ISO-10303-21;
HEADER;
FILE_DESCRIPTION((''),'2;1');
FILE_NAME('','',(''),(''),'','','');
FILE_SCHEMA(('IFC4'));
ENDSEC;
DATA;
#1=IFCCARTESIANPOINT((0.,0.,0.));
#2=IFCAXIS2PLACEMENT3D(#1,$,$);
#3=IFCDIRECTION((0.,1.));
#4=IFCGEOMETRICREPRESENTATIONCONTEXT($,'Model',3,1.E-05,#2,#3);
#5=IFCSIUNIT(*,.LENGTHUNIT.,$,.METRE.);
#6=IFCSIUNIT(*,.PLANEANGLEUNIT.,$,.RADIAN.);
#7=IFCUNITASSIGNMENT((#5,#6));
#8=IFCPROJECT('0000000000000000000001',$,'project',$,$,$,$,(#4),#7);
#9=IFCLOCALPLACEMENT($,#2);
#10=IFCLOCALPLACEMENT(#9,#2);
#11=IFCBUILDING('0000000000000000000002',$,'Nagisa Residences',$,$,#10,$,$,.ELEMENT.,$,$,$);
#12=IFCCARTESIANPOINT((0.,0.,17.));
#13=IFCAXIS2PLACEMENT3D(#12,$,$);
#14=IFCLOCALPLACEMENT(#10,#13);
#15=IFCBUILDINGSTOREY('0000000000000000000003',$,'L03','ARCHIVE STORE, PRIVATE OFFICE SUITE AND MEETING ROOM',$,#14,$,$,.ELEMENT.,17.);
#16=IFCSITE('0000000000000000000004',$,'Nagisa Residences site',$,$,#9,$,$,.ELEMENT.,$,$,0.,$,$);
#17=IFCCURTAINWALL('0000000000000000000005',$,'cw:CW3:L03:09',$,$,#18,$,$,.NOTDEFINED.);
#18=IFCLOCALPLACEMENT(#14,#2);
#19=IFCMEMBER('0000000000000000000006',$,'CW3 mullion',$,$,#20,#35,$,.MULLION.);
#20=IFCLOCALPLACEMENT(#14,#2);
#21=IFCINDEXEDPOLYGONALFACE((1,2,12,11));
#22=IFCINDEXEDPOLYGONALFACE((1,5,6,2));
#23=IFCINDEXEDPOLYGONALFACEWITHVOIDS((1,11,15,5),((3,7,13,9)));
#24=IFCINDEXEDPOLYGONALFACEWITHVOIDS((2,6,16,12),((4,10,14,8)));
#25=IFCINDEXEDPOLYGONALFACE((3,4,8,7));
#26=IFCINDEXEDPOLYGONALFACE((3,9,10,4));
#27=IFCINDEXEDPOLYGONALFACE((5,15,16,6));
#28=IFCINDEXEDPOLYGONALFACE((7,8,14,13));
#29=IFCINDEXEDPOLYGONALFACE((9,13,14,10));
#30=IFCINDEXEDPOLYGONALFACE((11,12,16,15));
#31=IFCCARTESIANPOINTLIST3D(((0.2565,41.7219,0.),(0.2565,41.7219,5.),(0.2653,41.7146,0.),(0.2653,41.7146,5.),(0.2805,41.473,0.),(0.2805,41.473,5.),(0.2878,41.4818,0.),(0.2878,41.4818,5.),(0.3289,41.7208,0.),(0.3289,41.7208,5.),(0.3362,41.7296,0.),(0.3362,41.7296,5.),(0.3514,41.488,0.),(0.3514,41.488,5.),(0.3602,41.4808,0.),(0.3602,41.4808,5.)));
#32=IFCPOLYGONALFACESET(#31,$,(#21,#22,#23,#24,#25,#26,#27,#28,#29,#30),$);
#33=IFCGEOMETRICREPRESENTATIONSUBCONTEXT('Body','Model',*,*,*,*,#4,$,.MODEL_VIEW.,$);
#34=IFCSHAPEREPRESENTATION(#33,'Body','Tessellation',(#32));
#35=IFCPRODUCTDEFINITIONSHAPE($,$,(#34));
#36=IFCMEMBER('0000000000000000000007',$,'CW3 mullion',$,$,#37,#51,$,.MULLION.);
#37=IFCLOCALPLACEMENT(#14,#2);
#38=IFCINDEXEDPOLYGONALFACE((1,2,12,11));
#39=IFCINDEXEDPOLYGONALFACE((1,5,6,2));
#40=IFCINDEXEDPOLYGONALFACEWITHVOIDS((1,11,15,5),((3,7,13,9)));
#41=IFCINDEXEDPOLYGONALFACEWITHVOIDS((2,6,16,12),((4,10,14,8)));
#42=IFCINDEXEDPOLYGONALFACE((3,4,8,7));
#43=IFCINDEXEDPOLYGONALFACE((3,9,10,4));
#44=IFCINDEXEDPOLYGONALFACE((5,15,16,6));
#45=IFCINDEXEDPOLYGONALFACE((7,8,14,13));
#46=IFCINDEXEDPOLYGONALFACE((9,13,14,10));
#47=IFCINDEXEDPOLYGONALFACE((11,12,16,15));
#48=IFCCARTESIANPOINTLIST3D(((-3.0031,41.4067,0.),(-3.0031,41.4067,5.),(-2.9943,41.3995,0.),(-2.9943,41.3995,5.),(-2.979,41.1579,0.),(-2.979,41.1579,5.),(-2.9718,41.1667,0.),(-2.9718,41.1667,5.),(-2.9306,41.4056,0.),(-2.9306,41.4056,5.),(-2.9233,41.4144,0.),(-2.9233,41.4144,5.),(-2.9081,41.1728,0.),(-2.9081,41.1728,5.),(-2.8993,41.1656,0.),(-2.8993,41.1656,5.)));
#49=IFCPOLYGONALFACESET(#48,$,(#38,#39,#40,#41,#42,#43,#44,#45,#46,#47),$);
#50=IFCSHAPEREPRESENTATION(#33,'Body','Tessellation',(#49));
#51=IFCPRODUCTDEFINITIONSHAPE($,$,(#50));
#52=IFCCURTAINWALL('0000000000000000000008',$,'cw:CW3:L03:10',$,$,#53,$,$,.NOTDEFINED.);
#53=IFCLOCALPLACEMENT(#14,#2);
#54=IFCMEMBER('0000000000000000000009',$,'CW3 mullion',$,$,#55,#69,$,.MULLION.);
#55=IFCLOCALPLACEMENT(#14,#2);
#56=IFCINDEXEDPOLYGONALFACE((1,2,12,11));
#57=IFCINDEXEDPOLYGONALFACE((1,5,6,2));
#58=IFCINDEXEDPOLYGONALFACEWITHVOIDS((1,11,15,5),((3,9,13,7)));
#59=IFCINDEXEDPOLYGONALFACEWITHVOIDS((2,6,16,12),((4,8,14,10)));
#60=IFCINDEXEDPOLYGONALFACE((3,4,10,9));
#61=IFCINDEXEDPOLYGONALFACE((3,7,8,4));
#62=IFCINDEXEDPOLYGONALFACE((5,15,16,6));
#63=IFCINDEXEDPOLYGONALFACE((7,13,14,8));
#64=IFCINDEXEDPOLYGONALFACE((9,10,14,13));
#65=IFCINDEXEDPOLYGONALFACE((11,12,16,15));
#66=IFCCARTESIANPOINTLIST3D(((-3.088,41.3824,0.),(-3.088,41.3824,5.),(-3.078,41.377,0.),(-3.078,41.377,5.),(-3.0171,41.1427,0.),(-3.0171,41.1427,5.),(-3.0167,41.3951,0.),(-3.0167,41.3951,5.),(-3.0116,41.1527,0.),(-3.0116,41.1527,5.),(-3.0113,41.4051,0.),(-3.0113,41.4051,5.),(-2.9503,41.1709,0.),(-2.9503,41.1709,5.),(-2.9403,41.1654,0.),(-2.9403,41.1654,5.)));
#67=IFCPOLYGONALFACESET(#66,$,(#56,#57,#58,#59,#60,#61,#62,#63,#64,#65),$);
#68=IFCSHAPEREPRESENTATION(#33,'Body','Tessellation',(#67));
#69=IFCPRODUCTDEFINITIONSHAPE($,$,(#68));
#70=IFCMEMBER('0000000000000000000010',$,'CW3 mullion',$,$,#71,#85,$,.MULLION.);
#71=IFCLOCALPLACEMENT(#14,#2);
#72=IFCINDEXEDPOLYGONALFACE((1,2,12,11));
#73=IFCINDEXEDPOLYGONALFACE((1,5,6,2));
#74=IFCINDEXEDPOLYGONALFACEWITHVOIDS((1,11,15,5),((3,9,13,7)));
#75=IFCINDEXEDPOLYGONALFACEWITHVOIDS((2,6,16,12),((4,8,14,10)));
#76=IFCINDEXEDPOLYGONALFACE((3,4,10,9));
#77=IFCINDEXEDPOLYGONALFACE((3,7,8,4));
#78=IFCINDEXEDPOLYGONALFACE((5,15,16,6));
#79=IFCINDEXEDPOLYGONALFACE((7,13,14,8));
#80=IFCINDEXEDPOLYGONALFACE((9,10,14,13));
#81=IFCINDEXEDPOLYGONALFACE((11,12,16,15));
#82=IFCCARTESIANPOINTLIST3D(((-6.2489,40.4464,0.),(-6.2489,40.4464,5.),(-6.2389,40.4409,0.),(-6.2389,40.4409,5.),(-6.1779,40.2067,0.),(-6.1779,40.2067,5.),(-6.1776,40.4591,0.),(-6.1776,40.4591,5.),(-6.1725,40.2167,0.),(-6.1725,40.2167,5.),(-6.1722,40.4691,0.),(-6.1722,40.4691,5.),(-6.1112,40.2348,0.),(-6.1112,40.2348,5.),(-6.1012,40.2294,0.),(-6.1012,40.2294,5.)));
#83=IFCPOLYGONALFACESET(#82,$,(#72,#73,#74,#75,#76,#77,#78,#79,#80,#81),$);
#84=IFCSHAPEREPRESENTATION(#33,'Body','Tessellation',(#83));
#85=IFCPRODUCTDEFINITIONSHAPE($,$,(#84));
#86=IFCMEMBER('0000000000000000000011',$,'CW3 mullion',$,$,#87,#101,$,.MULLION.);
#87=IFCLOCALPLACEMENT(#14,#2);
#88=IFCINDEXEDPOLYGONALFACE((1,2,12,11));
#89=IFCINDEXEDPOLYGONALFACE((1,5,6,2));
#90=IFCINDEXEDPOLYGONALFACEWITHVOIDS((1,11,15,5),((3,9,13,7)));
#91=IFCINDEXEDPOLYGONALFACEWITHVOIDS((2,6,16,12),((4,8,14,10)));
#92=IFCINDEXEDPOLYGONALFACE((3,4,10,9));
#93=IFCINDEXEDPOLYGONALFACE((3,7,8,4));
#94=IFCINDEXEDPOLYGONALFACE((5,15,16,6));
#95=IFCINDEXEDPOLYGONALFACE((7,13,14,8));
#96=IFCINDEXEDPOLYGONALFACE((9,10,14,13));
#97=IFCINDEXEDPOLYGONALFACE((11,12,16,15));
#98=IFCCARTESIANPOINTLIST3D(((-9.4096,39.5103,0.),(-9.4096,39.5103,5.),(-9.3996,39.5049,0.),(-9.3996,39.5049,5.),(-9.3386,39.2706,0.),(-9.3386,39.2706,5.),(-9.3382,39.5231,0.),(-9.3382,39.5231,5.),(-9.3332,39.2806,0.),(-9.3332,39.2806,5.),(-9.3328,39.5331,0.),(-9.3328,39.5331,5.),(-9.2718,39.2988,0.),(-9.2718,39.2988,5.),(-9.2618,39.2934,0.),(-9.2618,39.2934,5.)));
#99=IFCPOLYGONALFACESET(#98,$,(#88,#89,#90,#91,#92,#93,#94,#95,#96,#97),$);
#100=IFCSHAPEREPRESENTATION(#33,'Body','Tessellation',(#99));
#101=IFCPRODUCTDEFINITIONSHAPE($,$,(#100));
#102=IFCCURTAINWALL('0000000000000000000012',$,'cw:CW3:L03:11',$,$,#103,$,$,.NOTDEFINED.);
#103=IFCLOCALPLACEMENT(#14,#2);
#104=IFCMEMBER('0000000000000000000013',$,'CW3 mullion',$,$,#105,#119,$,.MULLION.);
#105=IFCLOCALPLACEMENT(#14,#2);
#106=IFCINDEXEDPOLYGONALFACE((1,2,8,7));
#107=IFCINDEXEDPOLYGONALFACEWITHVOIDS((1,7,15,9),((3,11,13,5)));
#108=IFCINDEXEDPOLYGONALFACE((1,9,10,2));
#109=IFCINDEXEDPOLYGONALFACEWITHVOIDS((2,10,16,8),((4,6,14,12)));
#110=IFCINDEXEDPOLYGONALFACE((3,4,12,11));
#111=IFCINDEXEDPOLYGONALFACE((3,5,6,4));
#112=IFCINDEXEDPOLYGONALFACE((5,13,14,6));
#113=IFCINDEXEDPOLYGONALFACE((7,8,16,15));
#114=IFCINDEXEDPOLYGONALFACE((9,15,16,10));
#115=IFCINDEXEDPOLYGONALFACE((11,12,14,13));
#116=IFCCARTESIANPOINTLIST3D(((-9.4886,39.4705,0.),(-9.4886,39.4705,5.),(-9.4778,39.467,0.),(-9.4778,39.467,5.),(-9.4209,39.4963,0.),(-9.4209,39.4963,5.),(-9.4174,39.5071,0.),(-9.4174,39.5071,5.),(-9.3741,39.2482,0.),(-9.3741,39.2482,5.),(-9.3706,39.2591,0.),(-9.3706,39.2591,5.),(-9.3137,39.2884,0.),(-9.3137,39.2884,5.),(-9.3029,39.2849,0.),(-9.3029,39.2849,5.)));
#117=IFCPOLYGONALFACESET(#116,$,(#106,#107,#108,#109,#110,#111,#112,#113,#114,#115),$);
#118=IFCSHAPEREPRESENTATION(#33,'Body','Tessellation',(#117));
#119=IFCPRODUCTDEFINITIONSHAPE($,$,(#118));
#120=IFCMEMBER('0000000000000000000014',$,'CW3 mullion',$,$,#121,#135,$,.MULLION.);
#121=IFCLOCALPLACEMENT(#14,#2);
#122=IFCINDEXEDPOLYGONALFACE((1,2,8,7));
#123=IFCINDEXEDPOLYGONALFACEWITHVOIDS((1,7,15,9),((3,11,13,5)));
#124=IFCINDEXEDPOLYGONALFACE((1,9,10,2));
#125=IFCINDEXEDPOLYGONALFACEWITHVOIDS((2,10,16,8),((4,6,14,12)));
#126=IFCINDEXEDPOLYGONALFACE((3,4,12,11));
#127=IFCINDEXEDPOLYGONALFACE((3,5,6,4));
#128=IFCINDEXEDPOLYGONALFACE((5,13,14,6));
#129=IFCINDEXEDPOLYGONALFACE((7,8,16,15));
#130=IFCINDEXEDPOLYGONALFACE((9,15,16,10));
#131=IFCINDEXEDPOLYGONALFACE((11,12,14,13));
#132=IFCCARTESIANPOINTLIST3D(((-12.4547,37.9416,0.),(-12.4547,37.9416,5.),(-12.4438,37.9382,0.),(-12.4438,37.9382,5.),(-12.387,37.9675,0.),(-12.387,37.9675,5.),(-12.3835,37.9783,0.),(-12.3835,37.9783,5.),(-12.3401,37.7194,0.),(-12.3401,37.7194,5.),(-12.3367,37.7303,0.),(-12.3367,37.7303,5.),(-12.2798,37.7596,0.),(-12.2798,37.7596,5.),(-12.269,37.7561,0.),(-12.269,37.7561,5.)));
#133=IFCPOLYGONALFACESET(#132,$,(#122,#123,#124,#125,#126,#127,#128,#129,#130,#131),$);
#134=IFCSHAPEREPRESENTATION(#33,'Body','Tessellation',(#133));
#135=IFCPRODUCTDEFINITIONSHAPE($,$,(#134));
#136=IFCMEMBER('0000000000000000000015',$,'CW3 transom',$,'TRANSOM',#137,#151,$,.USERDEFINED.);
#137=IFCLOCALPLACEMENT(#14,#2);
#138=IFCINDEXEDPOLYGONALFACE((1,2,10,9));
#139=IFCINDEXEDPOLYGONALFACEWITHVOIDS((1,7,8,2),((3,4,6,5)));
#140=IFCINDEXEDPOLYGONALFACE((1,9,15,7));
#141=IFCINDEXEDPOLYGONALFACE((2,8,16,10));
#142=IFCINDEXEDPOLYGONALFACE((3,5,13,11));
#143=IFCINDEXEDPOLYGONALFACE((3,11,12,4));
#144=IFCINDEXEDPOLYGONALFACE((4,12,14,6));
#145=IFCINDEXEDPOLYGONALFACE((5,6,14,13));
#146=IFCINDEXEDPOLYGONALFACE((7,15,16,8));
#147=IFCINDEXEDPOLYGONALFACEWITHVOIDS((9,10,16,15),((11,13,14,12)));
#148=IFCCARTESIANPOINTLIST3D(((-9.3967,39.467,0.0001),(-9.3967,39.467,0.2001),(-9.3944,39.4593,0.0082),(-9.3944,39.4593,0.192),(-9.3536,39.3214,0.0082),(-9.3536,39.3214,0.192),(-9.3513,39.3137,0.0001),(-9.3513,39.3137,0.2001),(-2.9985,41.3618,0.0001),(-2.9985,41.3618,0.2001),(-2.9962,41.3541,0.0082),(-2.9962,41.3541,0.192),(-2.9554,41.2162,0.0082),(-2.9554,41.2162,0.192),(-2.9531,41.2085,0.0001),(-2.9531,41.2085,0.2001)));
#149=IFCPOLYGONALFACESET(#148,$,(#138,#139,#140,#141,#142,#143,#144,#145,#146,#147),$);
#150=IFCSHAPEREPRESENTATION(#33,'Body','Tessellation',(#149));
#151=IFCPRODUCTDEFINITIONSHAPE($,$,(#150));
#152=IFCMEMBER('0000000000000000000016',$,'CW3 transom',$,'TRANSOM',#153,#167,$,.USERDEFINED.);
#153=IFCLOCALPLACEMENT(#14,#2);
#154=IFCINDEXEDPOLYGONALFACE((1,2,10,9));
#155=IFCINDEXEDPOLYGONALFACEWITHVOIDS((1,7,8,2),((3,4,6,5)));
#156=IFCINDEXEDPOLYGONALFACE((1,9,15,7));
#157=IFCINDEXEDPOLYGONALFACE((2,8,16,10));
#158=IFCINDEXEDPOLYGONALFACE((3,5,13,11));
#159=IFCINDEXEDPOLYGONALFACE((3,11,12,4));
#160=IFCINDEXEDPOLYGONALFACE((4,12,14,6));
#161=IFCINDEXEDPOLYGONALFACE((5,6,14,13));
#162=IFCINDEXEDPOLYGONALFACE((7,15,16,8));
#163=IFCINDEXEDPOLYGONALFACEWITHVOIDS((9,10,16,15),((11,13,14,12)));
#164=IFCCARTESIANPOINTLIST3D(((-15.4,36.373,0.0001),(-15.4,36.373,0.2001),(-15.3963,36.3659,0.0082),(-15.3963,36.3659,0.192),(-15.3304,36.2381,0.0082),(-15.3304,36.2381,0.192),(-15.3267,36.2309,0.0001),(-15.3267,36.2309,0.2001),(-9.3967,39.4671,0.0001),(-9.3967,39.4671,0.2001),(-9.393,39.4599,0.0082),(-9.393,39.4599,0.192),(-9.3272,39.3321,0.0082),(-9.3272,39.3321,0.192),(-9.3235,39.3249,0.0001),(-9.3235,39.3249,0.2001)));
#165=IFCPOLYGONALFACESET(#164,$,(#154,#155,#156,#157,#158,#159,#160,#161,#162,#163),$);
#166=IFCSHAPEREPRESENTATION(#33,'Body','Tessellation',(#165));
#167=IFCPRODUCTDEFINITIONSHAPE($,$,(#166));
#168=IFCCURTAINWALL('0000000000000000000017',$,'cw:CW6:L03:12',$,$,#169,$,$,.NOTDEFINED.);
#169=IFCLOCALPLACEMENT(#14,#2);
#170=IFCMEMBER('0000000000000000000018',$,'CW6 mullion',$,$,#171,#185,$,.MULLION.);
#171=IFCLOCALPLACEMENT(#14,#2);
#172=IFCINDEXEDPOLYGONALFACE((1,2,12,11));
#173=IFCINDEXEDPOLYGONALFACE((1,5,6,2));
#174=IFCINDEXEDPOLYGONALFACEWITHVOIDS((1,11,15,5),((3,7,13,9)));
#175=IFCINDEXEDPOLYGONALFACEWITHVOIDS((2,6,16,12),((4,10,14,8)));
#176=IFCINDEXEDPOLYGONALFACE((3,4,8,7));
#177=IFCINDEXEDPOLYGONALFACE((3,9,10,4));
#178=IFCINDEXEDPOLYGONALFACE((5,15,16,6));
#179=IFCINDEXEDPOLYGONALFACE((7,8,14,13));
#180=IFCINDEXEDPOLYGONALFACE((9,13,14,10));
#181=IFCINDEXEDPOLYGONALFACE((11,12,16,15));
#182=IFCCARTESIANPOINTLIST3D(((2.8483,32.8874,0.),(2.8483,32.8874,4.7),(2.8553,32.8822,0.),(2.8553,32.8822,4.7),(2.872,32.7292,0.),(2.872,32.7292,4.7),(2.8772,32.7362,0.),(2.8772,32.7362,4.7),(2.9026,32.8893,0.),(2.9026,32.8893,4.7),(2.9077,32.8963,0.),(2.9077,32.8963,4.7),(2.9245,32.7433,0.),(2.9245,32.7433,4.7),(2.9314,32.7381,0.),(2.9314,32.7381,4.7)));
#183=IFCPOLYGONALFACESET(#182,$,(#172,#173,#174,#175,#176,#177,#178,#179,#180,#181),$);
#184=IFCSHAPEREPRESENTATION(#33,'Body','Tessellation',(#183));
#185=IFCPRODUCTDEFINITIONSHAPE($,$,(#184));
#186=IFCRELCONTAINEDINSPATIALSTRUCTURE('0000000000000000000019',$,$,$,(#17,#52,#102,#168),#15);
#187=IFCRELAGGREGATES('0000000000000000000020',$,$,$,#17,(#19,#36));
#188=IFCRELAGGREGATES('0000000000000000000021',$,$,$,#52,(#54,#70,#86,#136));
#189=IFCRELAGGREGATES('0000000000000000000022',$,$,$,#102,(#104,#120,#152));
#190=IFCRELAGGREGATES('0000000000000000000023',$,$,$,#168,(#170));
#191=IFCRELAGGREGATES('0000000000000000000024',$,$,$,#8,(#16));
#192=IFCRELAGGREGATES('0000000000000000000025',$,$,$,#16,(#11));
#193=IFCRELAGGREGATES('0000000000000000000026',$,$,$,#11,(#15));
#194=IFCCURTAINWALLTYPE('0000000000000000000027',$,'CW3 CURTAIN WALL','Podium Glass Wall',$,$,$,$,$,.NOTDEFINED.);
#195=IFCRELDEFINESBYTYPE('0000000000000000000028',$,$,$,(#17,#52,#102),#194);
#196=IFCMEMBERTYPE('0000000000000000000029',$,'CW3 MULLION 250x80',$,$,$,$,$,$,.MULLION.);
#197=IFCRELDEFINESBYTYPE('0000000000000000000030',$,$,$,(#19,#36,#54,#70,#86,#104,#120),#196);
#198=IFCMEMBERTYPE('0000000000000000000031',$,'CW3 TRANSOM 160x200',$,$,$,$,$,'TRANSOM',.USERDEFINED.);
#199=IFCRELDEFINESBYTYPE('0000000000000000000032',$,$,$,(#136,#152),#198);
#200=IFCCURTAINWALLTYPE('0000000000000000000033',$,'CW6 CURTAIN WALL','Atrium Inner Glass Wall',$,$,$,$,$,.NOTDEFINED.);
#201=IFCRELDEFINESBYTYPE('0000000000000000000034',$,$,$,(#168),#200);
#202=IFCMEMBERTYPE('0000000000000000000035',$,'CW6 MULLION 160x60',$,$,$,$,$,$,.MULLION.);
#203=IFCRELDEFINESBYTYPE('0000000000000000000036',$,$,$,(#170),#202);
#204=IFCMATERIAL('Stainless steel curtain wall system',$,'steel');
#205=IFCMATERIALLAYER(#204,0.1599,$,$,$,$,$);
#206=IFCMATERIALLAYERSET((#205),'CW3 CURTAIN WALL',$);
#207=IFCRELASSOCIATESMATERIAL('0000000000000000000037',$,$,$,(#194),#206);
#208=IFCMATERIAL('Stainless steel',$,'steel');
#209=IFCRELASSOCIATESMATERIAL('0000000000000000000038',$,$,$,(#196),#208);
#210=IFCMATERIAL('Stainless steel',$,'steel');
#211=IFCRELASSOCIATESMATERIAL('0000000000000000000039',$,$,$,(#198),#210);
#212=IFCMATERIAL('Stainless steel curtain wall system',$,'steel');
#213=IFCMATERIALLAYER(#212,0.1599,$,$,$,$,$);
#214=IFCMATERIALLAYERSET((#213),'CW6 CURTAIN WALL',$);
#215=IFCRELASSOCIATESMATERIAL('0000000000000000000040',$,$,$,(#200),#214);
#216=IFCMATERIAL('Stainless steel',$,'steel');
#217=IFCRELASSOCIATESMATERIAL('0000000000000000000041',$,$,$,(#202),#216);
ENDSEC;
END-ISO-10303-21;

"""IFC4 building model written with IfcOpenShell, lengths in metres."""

from ifc_helpers import new_model, si_unit, direction, frame, origin, origin_2d, place, context, subcontext, project, spatial, hollow_rectangle, extrude, material, layer, layer_set, material_profile, profile_set, type_object, element, aggregate, save


model = new_model("IFC4")

# Units and contexts
model_context = context("Model", 3, precision=1e-05, world=origin(), true_north=direction((0.0, 1.0)))
body_context = subcontext(model_context, "Body", "Model", "MODEL_VIEW")
ifc_project = project(units=[si_unit("LENGTHUNIT", "METRE"), si_unit("PLANEANGLEUNIT", "RADIAN")], contexts=[model_context])

# Site, building, storey
site_placement = place(None, origin())
site = spatial("IfcSite", under=ifc_project, at=site_placement, Name="Nagisa Residences site", CompositionType="ELEMENT", RefElevation=0.0)
building_placement = place(site_placement, origin())
building = spatial("IfcBuilding", under=site, at=building_placement, Name="Nagisa Residences", CompositionType="ELEMENT")
storey_placement = place(building_placement, frame((0.0, 0.0, 17.0)))
storey = spatial("IfcBuildingStorey", under=building, at=storey_placement, Name="L03", Description="ARCHIVE STORE, PRIVATE OFFICE SUITE AND MEETING ROOM", CompositionType="ELEMENT", Elevation=17.0)

# Curtain walls, members
ifc_material_1 = material(Name="Stainless steel curtain wall system", Category="steel")
ifc_layer_1 = layer(ifc_material_1, 0.1599)
ifc_layer_set_1 = layer_set([ifc_layer_1], Name="CW3 CURTAIN WALL")
curtain_wall_type_1 = type_object("IfcCurtainWallType", Name="CW3 CURTAIN WALL", Description="Podium Glass Wall", PredefinedType="NOTDEFINED", material=ifc_layer_set_1)
curtain_wall_1_placement = place(storey_placement, origin())
curtain_wall_1 = element("IfcCurtainWall", 1, at=curtain_wall_1_placement, inside=storey, type_object=curtain_wall_type_1, Name="cw:CW3:L03:09", PredefinedType="NOTDEFINED")
ifc_material_2 = material(Name="Stainless steel", Category="steel")
ifc_material_profile_1 = material_profile(ifc_material_2, hollow_rectangle(XDim=0.25, YDim=0.0801, WallThickness=0.0081, at=origin_2d()), Name="CW3 MULLION 250x80")
ifc_profile_set_1 = profile_set([ifc_material_profile_1], Name="Stainless steel")
member_type_1 = type_object("IfcMemberType", Name="CW3 MULLION 250x80", PredefinedType="MULLION", material=ifc_profile_set_1)
member_1_placement = place(storey_placement, frame((0.3083, 41.6013, 0.0), z_axis=(0.0, 0.0, 1.0), x_axis=(0.096249, -0.995357, 0.0)))
member_1 = element("IfcMember", 2, at=member_1_placement, type_object=member_type_1, Name="CW3 mullion", PredefinedType="MULLION", context=body_context, shape_type="SweptSolid", body=[
    extrude(hollow_rectangle(XDim=0.25, YDim=0.0801, WallThickness=0.0081, at=origin_2d()), origin(), (0.0, 0.0, 1.0), 5.0),
])
member_2_placement = place(storey_placement, frame((-2.9512, 41.2861, 0.0), z_axis=(0.0, 0.0, 1.0), x_axis=(0.096249, -0.995357, 0.0)))
member_2 = element("IfcMember", 3, at=member_2_placement, type_object=member_type_1, Name="CW3 mullion", PredefinedType="MULLION", context=body_context, shape_type="SweptSolid", body=[
    extrude(hollow_rectangle(XDim=0.25, YDim=0.0801, WallThickness=0.0081, at=origin_2d()), origin(), (0.0, 0.0, 1.0), 5.0),
])
curtain_wall_2_placement = place(storey_placement, origin())
curtain_wall_2 = element("IfcCurtainWall", 4, at=curtain_wall_2_placement, inside=storey, type_object=curtain_wall_type_1, Name="cw:CW3:L03:10", PredefinedType="NOTDEFINED")
member_3_placement = place(storey_placement, frame((-3.0142, 41.2739, 0.0), z_axis=(0.0, 0.0, 1.0), x_axis=(0.283963, -0.958835, 0.0)))
member_3 = element("IfcMember", 5, at=member_3_placement, type_object=member_type_1, Name="CW3 mullion", PredefinedType="MULLION", context=body_context, shape_type="SweptSolid", body=[
    extrude(hollow_rectangle(XDim=0.25, YDim=0.0801, WallThickness=0.0081, at=origin_2d()), origin(), (0.0, 0.0, 1.0), 5.0),
])
member_4_placement = place(storey_placement, frame((-6.175, 40.3379, 0.0), z_axis=(0.0, 0.0, 1.0), x_axis=(0.283963, -0.958835, 0.0)))
member_4 = element("IfcMember", 6, at=member_4_placement, type_object=member_type_1, Name="CW3 mullion", PredefinedType="MULLION", context=body_context, shape_type="SweptSolid", body=[
    extrude(hollow_rectangle(XDim=0.25, YDim=0.0801, WallThickness=0.0081, at=origin_2d()), origin(), (0.0, 0.0, 1.0), 5.0),
])
member_5_placement = place(storey_placement, frame((-9.3357, 39.4019, 0.0), z_axis=(0.0, 0.0, 1.0), x_axis=(0.283963, -0.958835, 0.0)))
member_5 = element("IfcMember", 7, at=member_5_placement, type_object=member_type_1, Name="CW3 mullion", PredefinedType="MULLION", context=body_context, shape_type="SweptSolid", body=[
    extrude(hollow_rectangle(XDim=0.25, YDim=0.0801, WallThickness=0.0081, at=origin_2d()), origin(), (0.0, 0.0, 1.0), 5.0),
])
curtain_wall_3_placement = place(storey_placement, origin())
curtain_wall_3 = element("IfcCurtainWall", 8, at=curtain_wall_3_placement, inside=storey, type_object=curtain_wall_type_1, Name="cw:CW3:L03:11", PredefinedType="NOTDEFINED")
member_6_placement = place(storey_placement, frame((-9.3958, 39.3777, 0.0), z_axis=(0.0, 0.0, 1.0), x_axis=(0.458126, -0.888887, 0.0)))
member_6 = element("IfcMember", 9, at=member_6_placement, type_object=member_type_1, Name="CW3 mullion", PredefinedType="MULLION", context=body_context, shape_type="SweptSolid", body=[
    extrude(hollow_rectangle(XDim=0.25, YDim=0.0801, WallThickness=0.0081, at=origin_2d()), origin(), (0.0, 0.0, 1.0), 5.0),
])
member_7_placement = place(storey_placement, frame((-12.3618, 37.8489, 0.0), z_axis=(0.0, 0.0, 1.0), x_axis=(0.458126, -0.888887, 0.0)))
member_7 = element("IfcMember", 10, at=member_7_placement, type_object=member_type_1, Name="CW3 mullion", PredefinedType="MULLION", context=body_context, shape_type="SweptSolid", body=[
    extrude(hollow_rectangle(XDim=0.25, YDim=0.0801, WallThickness=0.0081, at=origin_2d()), origin(), (0.0, 0.0, 1.0), 5.0),
])

# Members
ifc_material_3 = material(Name="Stainless steel", Category="steel")
ifc_material_profile_2 = material_profile(ifc_material_3, hollow_rectangle(XDim=0.1599, YDim=0.2, WallThickness=0.0081, at=origin_2d()), Name="CW3 TRANSOM 160x200")
ifc_profile_set_2 = profile_set([ifc_material_profile_2], Name="Stainless steel")
member_type_2 = type_object("IfcMemberType", Name="CW3 TRANSOM 160x200", ElementType="TRANSOM", PredefinedType="USERDEFINED", material=ifc_profile_set_2)
member_8_placement = place(storey_placement, frame((-2.9758, 41.2852, 0.1001), z_axis=(-0.958838, -0.283953, 0.0), x_axis=(0.283953, -0.958838, 0.0)))
member_8 = element("IfcMember", 11, at=member_8_placement, type_object=member_type_2, Name="CW3 transom", ObjectType="TRANSOM", PredefinedType="USERDEFINED", context=body_context, shape_type="SweptSolid", body=[
    extrude(hollow_rectangle(XDim=0.1599, YDim=0.2, WallThickness=0.0081, at=origin_2d()), origin(), (0.0, 0.0, 1.0), 6.6729),
])
member_9_placement = place(storey_placement, frame((-9.3601, 39.396, 0.1001), z_axis=(-0.888887, -0.458126, 0.0), x_axis=(0.458126, -0.888887, 0.0)))
member_9 = element("IfcMember", 12, at=member_9_placement, type_object=member_type_2, Name="CW3 transom", ObjectType="TRANSOM", PredefinedType="USERDEFINED", context=body_context, shape_type="SweptSolid", body=[
    extrude(hollow_rectangle(XDim=0.1599, YDim=0.2, WallThickness=0.0081, at=origin_2d()), origin(), (0.0, 0.0, 1.0), 6.7537),
])

# Curtain wall, member
ifc_material_4 = material(Name="Stainless steel curtain wall system", Category="steel")
ifc_layer_2 = layer(ifc_material_4, 0.1599)
ifc_layer_set_2 = layer_set([ifc_layer_2], Name="CW6 CURTAIN WALL")
curtain_wall_type_2 = type_object("IfcCurtainWallType", Name="CW6 CURTAIN WALL", Description="Atrium Inner Glass Wall", PredefinedType="NOTDEFINED", material=ifc_layer_set_2)
curtain_wall_4_placement = place(storey_placement, origin())
curtain_wall_4 = element("IfcCurtainWall", 13, at=curtain_wall_4_placement, inside=storey, type_object=curtain_wall_type_2, Name="cw:CW6:L03:12", PredefinedType="NOTDEFINED")
ifc_material_5 = material(Name="Stainless steel", Category="steel")
ifc_material_profile_3 = material_profile(ifc_material_5, hollow_rectangle(XDim=0.1599, YDim=0.0601, WallThickness=0.0061, at=origin_2d()), Name="CW6 MULLION 160x60")
ifc_profile_set_3 = profile_set([ifc_material_profile_3], Name="Stainless steel")
member_type_3 = type_object("IfcMemberType", Name="CW6 MULLION 160x60", PredefinedType="MULLION", material=ifc_profile_set_3)
member_10_placement = place(storey_placement, frame((2.8899, 32.8127, 0.0), z_axis=(0.0, 0.0, 1.0), x_axis=(0.148158, -0.988964, 0.0)))
member_10 = element("IfcMember", 14, at=member_10_placement, type_object=member_type_3, Name="CW6 mullion", PredefinedType="MULLION", context=body_context, shape_type="SweptSolid", body=[
    extrude(hollow_rectangle(XDim=0.1599, YDim=0.0601, WallThickness=0.0061, at=origin_2d()), origin(), (0.0, 0.0, 1.0), 4.7),
])

aggregate(curtain_wall_1, [member_1, member_2])
aggregate(curtain_wall_2, [member_3, member_4, member_5, member_8])
aggregate(curtain_wall_3, [member_6, member_7, member_9])
aggregate(curtain_wall_4, [member_10])

save(model, "model.ifc")
